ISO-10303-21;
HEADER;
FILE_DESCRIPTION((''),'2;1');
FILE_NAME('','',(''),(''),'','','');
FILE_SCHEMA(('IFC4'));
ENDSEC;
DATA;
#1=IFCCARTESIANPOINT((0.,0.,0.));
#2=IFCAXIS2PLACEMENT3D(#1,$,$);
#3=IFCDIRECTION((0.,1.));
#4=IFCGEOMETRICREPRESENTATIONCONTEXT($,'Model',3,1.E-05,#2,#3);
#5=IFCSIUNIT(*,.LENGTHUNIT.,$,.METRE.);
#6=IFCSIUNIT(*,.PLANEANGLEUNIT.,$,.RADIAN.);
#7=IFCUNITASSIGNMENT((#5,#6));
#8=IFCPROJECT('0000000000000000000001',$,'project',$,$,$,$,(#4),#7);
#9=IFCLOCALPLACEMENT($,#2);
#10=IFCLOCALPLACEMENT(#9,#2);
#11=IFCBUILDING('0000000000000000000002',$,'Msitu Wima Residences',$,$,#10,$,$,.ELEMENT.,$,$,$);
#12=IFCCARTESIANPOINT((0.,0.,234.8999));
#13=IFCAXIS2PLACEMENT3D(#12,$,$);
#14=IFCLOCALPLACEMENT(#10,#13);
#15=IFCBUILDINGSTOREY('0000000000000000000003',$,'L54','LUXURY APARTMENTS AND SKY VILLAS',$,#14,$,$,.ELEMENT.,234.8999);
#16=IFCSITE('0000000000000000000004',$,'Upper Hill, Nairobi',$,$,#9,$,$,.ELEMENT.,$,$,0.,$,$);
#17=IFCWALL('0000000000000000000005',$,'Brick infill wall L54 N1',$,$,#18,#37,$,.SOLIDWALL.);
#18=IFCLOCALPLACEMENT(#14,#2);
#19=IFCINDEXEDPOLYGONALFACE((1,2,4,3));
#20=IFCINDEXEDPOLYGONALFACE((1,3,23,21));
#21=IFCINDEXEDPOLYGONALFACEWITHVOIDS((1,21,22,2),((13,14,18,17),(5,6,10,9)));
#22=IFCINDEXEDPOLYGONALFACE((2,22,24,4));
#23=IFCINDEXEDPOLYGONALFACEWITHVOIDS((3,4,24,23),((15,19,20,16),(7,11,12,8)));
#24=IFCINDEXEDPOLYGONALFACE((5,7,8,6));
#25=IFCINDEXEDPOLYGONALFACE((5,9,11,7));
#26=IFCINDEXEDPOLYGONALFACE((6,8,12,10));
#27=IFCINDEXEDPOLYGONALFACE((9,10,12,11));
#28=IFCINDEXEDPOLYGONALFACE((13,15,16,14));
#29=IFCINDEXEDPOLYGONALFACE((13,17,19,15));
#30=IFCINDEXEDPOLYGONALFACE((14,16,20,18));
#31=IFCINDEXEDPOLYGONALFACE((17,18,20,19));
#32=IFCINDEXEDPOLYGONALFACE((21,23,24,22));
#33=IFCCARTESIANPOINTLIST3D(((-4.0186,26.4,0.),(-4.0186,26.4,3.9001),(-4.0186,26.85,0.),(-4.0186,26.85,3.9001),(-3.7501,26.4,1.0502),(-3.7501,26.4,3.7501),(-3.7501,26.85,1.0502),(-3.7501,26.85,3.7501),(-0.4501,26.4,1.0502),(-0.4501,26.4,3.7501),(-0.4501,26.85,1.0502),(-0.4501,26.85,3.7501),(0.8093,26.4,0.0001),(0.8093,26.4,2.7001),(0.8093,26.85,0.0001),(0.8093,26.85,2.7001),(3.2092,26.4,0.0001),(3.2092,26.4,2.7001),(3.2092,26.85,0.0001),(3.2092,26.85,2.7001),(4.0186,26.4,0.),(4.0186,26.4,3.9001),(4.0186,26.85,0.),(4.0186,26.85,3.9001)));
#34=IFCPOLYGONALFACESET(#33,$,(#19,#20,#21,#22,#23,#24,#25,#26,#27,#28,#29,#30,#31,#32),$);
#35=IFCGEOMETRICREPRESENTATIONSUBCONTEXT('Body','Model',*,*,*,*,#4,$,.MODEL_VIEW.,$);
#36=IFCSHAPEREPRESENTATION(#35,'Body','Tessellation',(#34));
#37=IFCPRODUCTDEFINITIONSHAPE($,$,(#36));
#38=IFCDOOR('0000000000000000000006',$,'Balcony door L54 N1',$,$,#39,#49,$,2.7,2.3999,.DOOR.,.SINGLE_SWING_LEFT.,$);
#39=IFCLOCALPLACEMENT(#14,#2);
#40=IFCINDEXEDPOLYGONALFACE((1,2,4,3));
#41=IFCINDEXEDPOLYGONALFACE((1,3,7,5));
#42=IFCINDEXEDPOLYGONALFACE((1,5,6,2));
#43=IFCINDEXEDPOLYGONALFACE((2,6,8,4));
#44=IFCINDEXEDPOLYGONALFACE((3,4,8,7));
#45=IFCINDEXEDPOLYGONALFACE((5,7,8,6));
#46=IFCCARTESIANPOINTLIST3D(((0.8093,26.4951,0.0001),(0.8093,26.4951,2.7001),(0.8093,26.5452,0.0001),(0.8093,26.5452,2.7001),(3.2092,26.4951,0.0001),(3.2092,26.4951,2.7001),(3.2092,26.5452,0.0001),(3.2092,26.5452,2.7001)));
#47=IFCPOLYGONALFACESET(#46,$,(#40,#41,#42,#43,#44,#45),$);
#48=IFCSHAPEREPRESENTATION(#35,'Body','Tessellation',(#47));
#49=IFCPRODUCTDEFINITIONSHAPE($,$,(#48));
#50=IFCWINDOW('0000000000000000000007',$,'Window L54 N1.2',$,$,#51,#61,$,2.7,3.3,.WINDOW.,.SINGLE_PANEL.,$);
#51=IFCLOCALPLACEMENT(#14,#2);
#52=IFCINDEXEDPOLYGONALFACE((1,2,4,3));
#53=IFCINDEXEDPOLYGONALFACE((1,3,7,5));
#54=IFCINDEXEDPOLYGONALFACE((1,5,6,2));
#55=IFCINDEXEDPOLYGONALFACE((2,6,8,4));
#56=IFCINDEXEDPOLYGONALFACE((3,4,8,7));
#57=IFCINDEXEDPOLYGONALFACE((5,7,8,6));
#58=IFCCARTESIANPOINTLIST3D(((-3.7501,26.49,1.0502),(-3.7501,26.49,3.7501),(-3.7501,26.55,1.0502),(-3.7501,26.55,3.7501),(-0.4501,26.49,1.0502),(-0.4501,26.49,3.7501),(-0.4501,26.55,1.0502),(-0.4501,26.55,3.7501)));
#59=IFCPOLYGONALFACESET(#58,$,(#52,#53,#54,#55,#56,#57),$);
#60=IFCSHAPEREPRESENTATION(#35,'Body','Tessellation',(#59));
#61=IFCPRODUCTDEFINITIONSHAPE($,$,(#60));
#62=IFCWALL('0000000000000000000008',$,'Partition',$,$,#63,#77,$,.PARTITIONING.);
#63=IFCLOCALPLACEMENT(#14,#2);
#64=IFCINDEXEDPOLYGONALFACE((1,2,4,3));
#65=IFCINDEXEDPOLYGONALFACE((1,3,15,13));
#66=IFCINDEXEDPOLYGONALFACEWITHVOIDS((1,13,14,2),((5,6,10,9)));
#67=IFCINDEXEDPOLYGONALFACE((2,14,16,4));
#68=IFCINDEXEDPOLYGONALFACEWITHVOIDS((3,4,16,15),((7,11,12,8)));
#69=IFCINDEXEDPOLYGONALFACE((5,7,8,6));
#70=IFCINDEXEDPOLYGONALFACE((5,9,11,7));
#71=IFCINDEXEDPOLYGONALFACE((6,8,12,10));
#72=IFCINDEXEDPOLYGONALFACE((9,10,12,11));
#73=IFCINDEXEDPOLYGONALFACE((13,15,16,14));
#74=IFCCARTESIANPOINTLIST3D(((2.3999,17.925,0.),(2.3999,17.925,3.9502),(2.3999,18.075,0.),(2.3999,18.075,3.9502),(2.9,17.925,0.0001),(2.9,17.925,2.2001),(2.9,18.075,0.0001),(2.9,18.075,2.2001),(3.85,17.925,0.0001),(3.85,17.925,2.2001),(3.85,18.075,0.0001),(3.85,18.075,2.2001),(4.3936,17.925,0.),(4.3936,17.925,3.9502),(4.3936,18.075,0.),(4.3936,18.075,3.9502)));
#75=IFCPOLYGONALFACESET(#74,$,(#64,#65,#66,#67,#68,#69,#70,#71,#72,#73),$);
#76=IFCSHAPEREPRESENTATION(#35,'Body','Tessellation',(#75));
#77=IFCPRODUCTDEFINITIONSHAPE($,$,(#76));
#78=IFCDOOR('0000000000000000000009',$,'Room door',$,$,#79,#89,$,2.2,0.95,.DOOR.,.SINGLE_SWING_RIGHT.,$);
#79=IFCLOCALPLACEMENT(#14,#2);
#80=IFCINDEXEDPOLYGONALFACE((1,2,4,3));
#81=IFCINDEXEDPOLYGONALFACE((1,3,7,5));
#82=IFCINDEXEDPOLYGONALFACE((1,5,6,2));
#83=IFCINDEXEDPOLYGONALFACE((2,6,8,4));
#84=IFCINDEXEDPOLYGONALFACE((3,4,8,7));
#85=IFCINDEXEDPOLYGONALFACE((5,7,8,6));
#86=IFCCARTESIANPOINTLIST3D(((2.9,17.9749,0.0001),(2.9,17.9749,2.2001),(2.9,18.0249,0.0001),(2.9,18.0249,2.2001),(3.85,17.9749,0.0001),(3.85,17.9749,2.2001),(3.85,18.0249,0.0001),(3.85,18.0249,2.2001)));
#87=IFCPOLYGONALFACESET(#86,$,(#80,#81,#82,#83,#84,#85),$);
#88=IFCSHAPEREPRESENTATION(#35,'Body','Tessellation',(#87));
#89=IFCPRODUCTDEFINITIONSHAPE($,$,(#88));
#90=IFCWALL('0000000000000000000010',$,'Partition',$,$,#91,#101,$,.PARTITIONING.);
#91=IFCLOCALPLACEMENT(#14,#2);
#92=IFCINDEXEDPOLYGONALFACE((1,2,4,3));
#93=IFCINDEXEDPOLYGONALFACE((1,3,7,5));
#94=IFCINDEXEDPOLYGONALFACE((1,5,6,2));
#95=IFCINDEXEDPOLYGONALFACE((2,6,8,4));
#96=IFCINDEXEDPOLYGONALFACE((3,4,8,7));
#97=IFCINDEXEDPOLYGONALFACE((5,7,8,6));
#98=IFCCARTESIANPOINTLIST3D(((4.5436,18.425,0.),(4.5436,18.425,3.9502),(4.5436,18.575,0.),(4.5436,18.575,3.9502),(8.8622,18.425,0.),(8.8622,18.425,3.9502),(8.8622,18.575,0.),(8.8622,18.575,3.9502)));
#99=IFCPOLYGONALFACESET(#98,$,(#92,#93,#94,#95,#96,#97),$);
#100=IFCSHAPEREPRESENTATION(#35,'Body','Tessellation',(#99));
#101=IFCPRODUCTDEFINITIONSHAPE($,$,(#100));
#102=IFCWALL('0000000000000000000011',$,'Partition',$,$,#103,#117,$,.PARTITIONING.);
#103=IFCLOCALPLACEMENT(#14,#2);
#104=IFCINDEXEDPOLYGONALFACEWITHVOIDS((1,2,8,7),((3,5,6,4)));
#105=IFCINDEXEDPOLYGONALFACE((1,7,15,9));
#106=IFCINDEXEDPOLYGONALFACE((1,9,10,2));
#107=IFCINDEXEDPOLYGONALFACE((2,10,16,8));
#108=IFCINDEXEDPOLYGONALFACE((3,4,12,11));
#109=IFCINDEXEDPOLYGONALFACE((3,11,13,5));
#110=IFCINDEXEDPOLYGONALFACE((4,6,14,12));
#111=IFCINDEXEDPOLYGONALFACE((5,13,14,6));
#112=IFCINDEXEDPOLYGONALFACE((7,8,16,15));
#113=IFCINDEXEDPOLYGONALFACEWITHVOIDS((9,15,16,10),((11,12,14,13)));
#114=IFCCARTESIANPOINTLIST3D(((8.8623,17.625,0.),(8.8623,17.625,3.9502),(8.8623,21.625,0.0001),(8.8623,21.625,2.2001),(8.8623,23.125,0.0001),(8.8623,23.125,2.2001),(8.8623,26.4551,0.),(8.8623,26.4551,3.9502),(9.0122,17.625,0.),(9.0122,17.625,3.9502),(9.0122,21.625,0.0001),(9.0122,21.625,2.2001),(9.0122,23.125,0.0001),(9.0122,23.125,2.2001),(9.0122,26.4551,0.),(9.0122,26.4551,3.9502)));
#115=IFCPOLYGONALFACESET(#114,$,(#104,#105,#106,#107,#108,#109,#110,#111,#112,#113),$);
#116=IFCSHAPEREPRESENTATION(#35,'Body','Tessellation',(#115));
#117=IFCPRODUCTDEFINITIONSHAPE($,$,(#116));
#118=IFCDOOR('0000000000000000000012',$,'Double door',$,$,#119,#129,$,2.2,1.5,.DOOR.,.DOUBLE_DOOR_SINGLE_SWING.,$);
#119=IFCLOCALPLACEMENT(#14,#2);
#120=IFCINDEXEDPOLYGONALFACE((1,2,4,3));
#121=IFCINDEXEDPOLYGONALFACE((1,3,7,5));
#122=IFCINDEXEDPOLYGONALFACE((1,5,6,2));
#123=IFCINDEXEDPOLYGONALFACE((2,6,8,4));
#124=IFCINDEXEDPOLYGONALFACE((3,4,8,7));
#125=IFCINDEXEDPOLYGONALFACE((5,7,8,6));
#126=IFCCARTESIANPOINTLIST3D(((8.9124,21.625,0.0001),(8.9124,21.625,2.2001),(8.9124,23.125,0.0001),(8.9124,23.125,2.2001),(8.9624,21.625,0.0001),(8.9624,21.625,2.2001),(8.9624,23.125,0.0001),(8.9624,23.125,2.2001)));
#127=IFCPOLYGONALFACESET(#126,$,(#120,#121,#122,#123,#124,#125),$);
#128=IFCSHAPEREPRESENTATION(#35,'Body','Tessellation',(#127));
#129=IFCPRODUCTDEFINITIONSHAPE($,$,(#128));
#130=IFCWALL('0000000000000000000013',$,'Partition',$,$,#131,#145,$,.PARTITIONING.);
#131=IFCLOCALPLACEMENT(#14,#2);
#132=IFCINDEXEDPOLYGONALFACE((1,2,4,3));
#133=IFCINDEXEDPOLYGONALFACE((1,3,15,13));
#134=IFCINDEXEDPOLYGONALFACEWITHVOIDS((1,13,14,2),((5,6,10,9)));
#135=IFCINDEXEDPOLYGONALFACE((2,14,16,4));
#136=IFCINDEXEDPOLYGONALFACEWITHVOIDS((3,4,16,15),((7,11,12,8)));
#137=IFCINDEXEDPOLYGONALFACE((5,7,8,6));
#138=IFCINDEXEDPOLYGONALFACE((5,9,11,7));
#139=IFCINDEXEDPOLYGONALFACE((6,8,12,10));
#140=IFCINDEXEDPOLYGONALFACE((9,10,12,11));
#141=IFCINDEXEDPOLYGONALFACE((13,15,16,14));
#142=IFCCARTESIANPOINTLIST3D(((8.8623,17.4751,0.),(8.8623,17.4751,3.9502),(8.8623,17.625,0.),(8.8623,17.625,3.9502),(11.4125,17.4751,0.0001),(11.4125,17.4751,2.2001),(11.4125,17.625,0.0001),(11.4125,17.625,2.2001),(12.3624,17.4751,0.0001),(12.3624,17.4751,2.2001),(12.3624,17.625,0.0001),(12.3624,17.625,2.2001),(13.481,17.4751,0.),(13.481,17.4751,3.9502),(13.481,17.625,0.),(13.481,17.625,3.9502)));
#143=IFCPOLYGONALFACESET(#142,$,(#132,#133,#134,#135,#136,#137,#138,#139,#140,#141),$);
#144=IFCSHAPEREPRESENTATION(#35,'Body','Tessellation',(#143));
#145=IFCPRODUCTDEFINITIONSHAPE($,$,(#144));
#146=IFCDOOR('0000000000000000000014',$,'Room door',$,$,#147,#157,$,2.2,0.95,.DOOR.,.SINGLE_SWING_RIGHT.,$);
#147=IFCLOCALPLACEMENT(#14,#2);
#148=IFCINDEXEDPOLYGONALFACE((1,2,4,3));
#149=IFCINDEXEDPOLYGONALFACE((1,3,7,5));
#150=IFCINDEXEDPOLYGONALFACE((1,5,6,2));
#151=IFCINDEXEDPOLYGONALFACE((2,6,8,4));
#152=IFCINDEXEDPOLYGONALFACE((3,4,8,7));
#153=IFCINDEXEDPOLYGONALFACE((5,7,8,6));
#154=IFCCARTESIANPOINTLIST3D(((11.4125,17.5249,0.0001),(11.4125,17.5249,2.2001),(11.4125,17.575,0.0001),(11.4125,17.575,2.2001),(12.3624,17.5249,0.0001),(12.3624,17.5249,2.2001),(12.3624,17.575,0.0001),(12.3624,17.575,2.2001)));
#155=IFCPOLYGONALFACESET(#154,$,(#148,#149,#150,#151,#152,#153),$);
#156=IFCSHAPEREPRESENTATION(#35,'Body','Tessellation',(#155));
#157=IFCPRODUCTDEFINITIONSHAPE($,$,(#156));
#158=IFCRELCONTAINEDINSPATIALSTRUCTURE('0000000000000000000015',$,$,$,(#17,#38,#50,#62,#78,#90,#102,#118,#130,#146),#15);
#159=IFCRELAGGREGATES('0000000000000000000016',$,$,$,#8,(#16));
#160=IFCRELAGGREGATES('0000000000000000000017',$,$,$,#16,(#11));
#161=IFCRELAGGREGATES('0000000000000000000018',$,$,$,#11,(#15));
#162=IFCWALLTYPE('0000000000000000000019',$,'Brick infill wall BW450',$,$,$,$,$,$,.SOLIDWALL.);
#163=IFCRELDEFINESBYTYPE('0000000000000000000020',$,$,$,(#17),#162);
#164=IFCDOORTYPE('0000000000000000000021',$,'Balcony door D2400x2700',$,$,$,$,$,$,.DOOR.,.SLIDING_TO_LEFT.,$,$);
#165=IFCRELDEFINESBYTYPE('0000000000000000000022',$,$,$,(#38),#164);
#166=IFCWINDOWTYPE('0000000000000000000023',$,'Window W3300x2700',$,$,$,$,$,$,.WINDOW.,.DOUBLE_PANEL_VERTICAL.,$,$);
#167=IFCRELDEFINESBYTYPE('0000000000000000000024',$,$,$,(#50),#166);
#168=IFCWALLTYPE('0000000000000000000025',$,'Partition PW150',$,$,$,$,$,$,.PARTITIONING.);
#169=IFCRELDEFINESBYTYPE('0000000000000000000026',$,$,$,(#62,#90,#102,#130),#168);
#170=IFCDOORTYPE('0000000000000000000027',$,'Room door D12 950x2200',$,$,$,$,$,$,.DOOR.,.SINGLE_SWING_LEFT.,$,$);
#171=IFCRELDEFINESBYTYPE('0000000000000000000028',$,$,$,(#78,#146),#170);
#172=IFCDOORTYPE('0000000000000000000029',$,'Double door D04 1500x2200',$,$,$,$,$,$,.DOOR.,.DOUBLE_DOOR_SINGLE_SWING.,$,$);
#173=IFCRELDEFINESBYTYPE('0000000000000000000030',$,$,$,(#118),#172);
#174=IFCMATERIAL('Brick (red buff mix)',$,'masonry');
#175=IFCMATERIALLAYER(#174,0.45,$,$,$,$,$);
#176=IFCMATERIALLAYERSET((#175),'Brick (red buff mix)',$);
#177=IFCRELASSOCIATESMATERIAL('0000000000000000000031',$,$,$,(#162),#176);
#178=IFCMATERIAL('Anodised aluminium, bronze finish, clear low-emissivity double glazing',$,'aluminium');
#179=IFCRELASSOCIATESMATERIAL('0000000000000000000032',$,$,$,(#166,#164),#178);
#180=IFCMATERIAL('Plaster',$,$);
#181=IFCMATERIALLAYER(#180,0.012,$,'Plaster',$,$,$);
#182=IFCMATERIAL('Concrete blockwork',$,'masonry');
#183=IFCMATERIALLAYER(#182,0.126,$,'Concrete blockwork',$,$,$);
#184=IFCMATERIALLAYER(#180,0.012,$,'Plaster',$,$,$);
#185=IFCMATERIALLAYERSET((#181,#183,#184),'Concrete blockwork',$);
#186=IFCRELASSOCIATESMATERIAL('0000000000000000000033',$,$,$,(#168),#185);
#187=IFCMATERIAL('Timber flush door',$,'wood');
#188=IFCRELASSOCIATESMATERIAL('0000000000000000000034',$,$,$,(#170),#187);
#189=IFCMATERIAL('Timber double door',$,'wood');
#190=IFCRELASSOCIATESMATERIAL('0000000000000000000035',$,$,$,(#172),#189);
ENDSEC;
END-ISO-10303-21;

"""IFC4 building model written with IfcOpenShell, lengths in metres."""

from ifc_helpers import new_model, si_unit, direction, frame, frame_2d, origin, place, context, subcontext, project, spatial, rectangle, extrude, material, layer, layer_set, type_object, element, fill, save


model = new_model("IFC4")

# Units and contexts
model_context = context("Model", 3, precision=1e-05, world=origin(), true_north=direction((0.0, 1.0)))
body_context = subcontext(model_context, "Body", "Model", "MODEL_VIEW")
ifc_project = project(units=[si_unit("LENGTHUNIT", "METRE"), si_unit("PLANEANGLEUNIT", "RADIAN")], contexts=[model_context])

# Site, building, storey
site_placement = place(None, origin())
site = spatial("IfcSite", under=ifc_project, at=site_placement, Name="Upper Hill, Nairobi", CompositionType="ELEMENT", RefElevation=0.0)
building_placement = place(site_placement, origin())
building = spatial("IfcBuilding", under=site, at=building_placement, Name="Msitu Wima Residences", CompositionType="ELEMENT")
storey_placement = place(building_placement, frame((0.0, 0.0, 234.8999)))
storey = spatial("IfcBuildingStorey", under=building, at=storey_placement, Name="L54", Description="LUXURY APARTMENTS AND SKY VILLAS", CompositionType="ELEMENT", Elevation=234.8999)

# Shared definitions
ifc_material_1 = material(Name="Brick (red buff mix)", Category="masonry")
ifc_layer_1 = layer(ifc_material_1, 0.45)
ifc_layer_set_1 = layer_set([ifc_layer_1], Name="Brick (red buff mix)")
wall_type_1 = type_object("IfcWallType", Name="Brick infill wall BW450", PredefinedType="SOLIDWALL", material=ifc_layer_set_1)
ifc_material_2 = material(Name="Anodised aluminium, bronze finish, clear low-emissivity double glazing", Category="aluminium")
window_type = type_object("IfcWindowType", Name="Window W3300x2700", PartitioningType="DOUBLE_PANEL_VERTICAL", PredefinedType="WINDOW", material=ifc_material_2)

# Wall, openings, door, window
wall_1_placement = place(storey_placement, frame((4.0186, 26.625, 0.0), z_axis=(0.0, 0.0, 1.0), x_axis=(-1.0, 0.0, 0.0)))
wall_1 = element("IfcWall", 1, at=wall_1_placement, inside=storey, type_object=wall_type_1, Name="Brick infill wall L54 N1", PredefinedType="SOLIDWALL", context=body_context, shape_type="SweptSolid", body=[
    extrude(rectangle(XDim=8.0371, YDim=0.45, at=frame_2d((4.0186, 0.0))), origin(), (0.0, 0.0, 1.0), 3.9001),
])
opening_1_placement = place(wall_1_placement, frame((0.8093, 0.0, 0.0)))
opening_1 = element("IfcOpeningElement", 2, at=opening_1_placement, cuts=wall_1, PredefinedType="OPENING", context=body_context, shape_type="SweptSolid", body=[
    extrude(rectangle(XDim=2.3999, YDim=2.7, at=frame_2d((1.2, 1.3501))), frame((0.0, 0.2349, 0.0), z_axis=(0.0, -1.0, 0.0), x_axis=(1.0, 0.0, 0.0)), (0.0, 0.0, 1.0), 0.47),
])
opening_2_placement = place(wall_1_placement, frame((4.4688, 0.0, 1.05)))
opening_2 = element("IfcOpeningElement", 3, at=opening_2_placement, cuts=wall_1, PredefinedType="OPENING", context=body_context, shape_type="SweptSolid", body=[
    extrude(rectangle(XDim=3.3, YDim=2.7, at=frame_2d((1.6499, 1.3501))), frame((0.0, 0.2349, 0.0), z_axis=(0.0, -1.0, 0.0), x_axis=(1.0, 0.0, 0.0)), (0.0, 0.0, 1.0), 0.47),
])
door_type_1 = type_object("IfcDoorType", Name="Balcony door D2400x2700", OperationType="SLIDING_TO_LEFT", PredefinedType="DOOR", material=ifc_material_2)
door_1_placement = place(opening_1_placement, origin())
door_1 = element("IfcDoor", 4, at=door_1_placement, inside=storey, type_object=door_type_1, Name="Balcony door L54 N1", OperationType="SINGLE_SWING_LEFT", OverallHeight=2.7, OverallWidth=2.3999, PredefinedType="DOOR", context=body_context, shape_type="SweptSolid", body=[
    extrude(rectangle(XDim=2.3999, YDim=2.7, at=frame_2d((1.2, 1.3501))), frame((0.0, 0.1299, 0.0), z_axis=(0.0, -1.0, 0.0), x_axis=(1.0, 0.0, 0.0)), (0.0, 0.0, 1.0), 0.05),
])
fill(opening_1, door_1)
window_1_placement = place(opening_2_placement, origin())
window_1 = element("IfcWindow", 5, at=window_1_placement, inside=storey, type_object=window_type, Name="Window L54 N1.2", OverallHeight=2.7, OverallWidth=3.3, PartitioningType="SINGLE_PANEL", PredefinedType="WINDOW", context=body_context, shape_type="SweptSolid", body=[
    extrude(rectangle(XDim=3.3, YDim=2.7, at=frame_2d((1.6499, 1.3501))), frame((0.0, 0.135, 0.0), z_axis=(0.0, -1.0, 0.0), x_axis=(1.0, 0.0, 0.0)), (0.0, 0.0, 1.0), 0.0601),
])
fill(opening_2, window_1)

# Wall, opening, door
ifc_material_3 = material(Name="Plaster")
ifc_layer_2 = layer(ifc_material_3, 0.012, Name="Plaster")
ifc_material_4 = material(Name="Concrete blockwork", Category="masonry")
ifc_layer_3 = layer(ifc_material_4, 0.126, Name="Concrete blockwork")
ifc_layer_4 = layer(ifc_material_3, 0.012, Name="Plaster")
ifc_layer_set_2 = layer_set([ifc_layer_2, ifc_layer_3, ifc_layer_4], Name="Concrete blockwork")
wall_type_2 = type_object("IfcWallType", Name="Partition PW150", PredefinedType="PARTITIONING", material=ifc_layer_set_2)
wall_2_placement = place(storey_placement, frame((2.3999, 18.0, 0.0), z_axis=(0.0, 0.0, 1.0), x_axis=(1.0, 0.0, 0.0)))
wall_2 = element("IfcWall", 6, at=wall_2_placement, inside=storey, type_object=wall_type_2, Name="Partition", PredefinedType="PARTITIONING", context=body_context, shape_type="SweptSolid", body=[
    extrude(rectangle(XDim=1.9937, YDim=0.1499, at=frame_2d((0.9968, 0.0))), origin(), (0.0, 0.0, 1.0), 3.9502),
])
opening_3_placement = place(wall_2_placement, frame((0.5, 0.0, 0.0)))
opening_3 = element("IfcOpeningElement", 7, at=opening_3_placement, cuts=wall_2, PredefinedType="OPENING", context=body_context, shape_type="SweptSolid", body=[
    extrude(rectangle(XDim=0.95, YDim=2.2, at=frame_2d((0.4751, 1.1001))), frame((0.0, 0.085, 0.0), z_axis=(0.0, -1.0, 0.0), x_axis=(1.0, 0.0, 0.0)), (0.0, 0.0, 1.0), 0.1699),
])
ifc_material_5 = material(Name="Timber flush door", Category="wood")
door_type_2 = type_object("IfcDoorType", Name="Room door D12 950x2200", OperationType="SINGLE_SWING_LEFT", PredefinedType="DOOR", material=ifc_material_5)
door_2_placement = place(opening_3_placement, origin())
door_2 = element("IfcDoor", 8, at=door_2_placement, inside=storey, type_object=door_type_2, Name="Room door", OperationType="SINGLE_SWING_RIGHT", OverallHeight=2.2, OverallWidth=0.95, PredefinedType="DOOR", context=body_context, shape_type="SweptSolid", body=[
    extrude(rectangle(XDim=0.95, YDim=2.2, at=frame_2d((0.4751, 1.1001))), frame((0.0, 0.0249, 0.0), z_axis=(0.0, -1.0, 0.0), x_axis=(1.0, 0.0, 0.0)), (0.0, 0.0, 1.0), 0.05),
])
fill(opening_3, door_2)

# Wall
wall_3_placement = place(storey_placement, frame((4.5437, 18.5, 0.0), z_axis=(0.0, 0.0, 1.0), x_axis=(1.0, 0.0, 0.0)))
element("IfcWall", 9, at=wall_3_placement, inside=storey, type_object=wall_type_2, Name="Partition", PredefinedType="PARTITIONING", context=body_context, shape_type="SweptSolid", body=[
    extrude(rectangle(XDim=4.3186, YDim=0.1499, at=frame_2d((2.1592, 0.0))), origin(), (0.0, 0.0, 1.0), 3.9502),
])

# Walls, openings, doors
wall_4_placement = place(storey_placement, frame((8.9373, 17.625, 0.0), z_axis=(0.0, 0.0, 1.0), x_axis=(0.0, 1.0, 0.0)))
wall_4 = element("IfcWall", 10, at=wall_4_placement, inside=storey, type_object=wall_type_2, Name="Partition", PredefinedType="PARTITIONING", context=body_context, shape_type="SweptSolid", body=[
    extrude(rectangle(XDim=8.8301, YDim=0.1499, at=frame_2d((4.415, 0.0))), origin(), (0.0, 0.0, 1.0), 3.9502),
])
opening_4_placement = place(wall_4_placement, frame((4.0, 0.0, 0.0)))
opening_4 = element("IfcOpeningElement", 11, at=opening_4_placement, cuts=wall_4, PredefinedType="OPENING", context=body_context, shape_type="SweptSolid", body=[
    extrude(rectangle(XDim=1.5, YDim=2.2, at=frame_2d((0.75, 1.1001))), frame((0.0, 0.085, 0.0), z_axis=(0.0, -1.0, 0.0), x_axis=(1.0, 0.0, 0.0)), (0.0, 0.0, 1.0), 0.1699),
])
ifc_material_6 = material(Name="Timber double door", Category="wood")
door_type_3 = type_object("IfcDoorType", Name="Double door D04 1500x2200", OperationType="DOUBLE_DOOR_SINGLE_SWING", PredefinedType="DOOR", material=ifc_material_6)
door_3_placement = place(opening_4_placement, origin())
door_3 = element("IfcDoor", 12, at=door_3_placement, inside=storey, type_object=door_type_3, Name="Double door", OperationType="DOUBLE_DOOR_SINGLE_SWING", OverallHeight=2.2, OverallWidth=1.5, PredefinedType="DOOR", context=body_context, shape_type="SweptSolid", body=[
    extrude(rectangle(XDim=1.5, YDim=2.2, at=frame_2d((0.75, 1.1001))), frame((0.0, 0.0249, 0.0), z_axis=(0.0, -1.0, 0.0), x_axis=(1.0, 0.0, 0.0)), (0.0, 0.0, 1.0), 0.05),
])
fill(opening_4, door_3)
wall_5_placement = place(storey_placement, frame((8.8623, 17.55, 0.0), z_axis=(0.0, 0.0, 1.0), x_axis=(1.0, 0.0, 0.0)))
wall_5 = element("IfcWall", 13, at=wall_5_placement, inside=storey, type_object=wall_type_2, Name="Partition", PredefinedType="PARTITIONING", context=body_context, shape_type="SweptSolid", body=[
    extrude(rectangle(XDim=4.6187, YDim=0.1499, at=frame_2d((2.3093, 0.0))), origin(), (0.0, 0.0, 1.0), 3.9502),
])
opening_5_placement = place(wall_5_placement, frame((2.55, 0.0, 0.0)))
opening_5 = element("IfcOpeningElement", 14, at=opening_5_placement, cuts=wall_5, PredefinedType="OPENING", context=body_context, shape_type="SweptSolid", body=[
    extrude(rectangle(XDim=0.95, YDim=2.2, at=frame_2d((0.4751, 1.1001))), frame((0.0, 0.085, 0.0), z_axis=(0.0, -1.0, 0.0), x_axis=(1.0, 0.0, 0.0)), (0.0, 0.0, 1.0), 0.1699),
])
door_4_placement = place(opening_5_placement, origin())
door_4 = element("IfcDoor", 15, at=door_4_placement, inside=storey, type_object=door_type_2, Name="Room door", OperationType="SINGLE_SWING_RIGHT", OverallHeight=2.2, OverallWidth=0.95, PredefinedType="DOOR", context=body_context, shape_type="SweptSolid", body=[
    extrude(rectangle(XDim=0.95, YDim=2.2, at=frame_2d((0.4751, 1.1001))), frame((0.0, 0.0249, 0.0), z_axis=(0.0, -1.0, 0.0), x_axis=(1.0, 0.0, 0.0)), (0.0, 0.0, 1.0), 0.05),
])
fill(opening_5, door_4)

save(model, "model.ifc")
